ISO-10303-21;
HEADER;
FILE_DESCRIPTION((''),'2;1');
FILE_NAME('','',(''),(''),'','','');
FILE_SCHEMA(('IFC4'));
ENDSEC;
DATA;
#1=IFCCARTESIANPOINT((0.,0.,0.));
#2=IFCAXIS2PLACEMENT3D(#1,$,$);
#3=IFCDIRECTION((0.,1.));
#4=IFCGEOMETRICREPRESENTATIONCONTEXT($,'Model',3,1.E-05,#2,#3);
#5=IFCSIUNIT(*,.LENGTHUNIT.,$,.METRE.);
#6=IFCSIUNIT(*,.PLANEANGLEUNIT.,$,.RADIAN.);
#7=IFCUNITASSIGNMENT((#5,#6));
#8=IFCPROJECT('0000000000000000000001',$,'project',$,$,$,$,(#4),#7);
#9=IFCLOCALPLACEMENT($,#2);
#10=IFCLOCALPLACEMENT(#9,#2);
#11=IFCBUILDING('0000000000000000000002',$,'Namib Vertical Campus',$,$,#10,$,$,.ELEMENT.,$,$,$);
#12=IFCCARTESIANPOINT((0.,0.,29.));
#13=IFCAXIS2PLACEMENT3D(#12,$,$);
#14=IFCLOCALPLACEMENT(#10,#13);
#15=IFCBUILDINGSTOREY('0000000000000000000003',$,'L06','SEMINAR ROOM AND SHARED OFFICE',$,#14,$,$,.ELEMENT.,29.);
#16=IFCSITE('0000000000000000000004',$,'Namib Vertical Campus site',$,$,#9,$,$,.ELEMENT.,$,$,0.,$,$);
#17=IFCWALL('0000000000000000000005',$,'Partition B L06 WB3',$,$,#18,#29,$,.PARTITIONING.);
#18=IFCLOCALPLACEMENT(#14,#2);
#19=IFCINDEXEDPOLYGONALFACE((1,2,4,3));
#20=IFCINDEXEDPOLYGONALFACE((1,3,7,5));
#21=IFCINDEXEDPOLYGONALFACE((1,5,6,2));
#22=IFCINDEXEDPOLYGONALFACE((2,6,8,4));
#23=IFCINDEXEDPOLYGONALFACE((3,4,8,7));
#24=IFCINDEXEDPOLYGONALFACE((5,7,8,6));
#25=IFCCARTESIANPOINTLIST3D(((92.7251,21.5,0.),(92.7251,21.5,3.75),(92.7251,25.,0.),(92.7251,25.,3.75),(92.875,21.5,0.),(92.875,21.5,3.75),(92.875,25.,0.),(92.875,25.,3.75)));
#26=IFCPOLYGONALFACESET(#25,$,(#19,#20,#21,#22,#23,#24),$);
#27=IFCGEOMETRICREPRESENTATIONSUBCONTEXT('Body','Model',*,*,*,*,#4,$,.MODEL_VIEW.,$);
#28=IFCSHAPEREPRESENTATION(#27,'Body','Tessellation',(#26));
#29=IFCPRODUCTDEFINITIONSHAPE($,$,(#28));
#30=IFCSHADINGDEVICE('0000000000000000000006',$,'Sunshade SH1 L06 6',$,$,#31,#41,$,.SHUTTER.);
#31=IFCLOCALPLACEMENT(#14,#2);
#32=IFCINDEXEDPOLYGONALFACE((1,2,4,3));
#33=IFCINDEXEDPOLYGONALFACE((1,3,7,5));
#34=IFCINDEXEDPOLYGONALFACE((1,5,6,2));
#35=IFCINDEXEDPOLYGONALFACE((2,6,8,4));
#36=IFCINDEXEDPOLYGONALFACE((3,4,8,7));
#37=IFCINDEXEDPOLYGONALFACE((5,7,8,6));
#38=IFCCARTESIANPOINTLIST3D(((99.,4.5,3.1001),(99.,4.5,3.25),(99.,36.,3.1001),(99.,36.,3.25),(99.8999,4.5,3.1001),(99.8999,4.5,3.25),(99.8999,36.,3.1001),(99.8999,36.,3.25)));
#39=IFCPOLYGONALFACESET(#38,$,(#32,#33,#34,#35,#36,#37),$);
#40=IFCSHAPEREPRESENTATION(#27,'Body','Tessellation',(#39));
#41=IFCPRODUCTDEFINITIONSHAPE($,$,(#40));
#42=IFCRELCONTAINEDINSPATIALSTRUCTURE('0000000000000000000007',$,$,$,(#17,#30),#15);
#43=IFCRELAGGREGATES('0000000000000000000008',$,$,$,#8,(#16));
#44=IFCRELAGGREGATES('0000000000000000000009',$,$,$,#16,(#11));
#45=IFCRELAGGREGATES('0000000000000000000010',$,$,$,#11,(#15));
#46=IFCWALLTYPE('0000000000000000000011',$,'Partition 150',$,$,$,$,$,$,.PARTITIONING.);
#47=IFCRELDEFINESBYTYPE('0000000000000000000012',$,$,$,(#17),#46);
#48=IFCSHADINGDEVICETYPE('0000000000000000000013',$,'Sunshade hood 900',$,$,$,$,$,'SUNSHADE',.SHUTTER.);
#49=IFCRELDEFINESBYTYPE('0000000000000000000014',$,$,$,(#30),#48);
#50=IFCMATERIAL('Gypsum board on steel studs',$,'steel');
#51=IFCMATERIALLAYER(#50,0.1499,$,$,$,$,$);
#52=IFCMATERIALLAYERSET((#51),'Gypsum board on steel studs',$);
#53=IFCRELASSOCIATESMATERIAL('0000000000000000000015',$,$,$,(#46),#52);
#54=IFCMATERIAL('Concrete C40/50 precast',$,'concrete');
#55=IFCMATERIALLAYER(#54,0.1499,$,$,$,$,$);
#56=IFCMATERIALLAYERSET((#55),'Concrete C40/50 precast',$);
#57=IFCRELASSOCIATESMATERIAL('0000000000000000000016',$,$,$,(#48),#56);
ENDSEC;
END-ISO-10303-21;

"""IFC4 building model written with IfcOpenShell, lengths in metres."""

from ifc_helpers import new_model, si_unit, direction, frame, frame_2d, origin, origin_2d, place, context, subcontext, project, spatial, rectangle, extrude, material, layer, layer_set, type_object, element, save


model = new_model("IFC4")

# Units and contexts
model_context = context("Model", 3, precision=1e-05, world=origin(), true_north=direction((0.0, 1.0)))
body_context = subcontext(model_context, "Body", "Model", "MODEL_VIEW")
ifc_project = project(units=[si_unit("LENGTHUNIT", "METRE"), si_unit("PLANEANGLEUNIT", "RADIAN")], contexts=[model_context])

# Site, building, storey
site_placement = place(None, origin())
site = spatial("IfcSite", under=ifc_project, at=site_placement, Name="Namib Vertical Campus site", CompositionType="ELEMENT", RefElevation=0.0)
building_placement = place(site_placement, origin())
building = spatial("IfcBuilding", under=site, at=building_placement, Name="Namib Vertical Campus", CompositionType="ELEMENT")
storey_placement = place(building_placement, frame((0.0, 0.0, 29.0)))
storey = spatial("IfcBuildingStorey", under=building, at=storey_placement, Name="L06", Description="SEMINAR ROOM AND SHARED OFFICE", CompositionType="ELEMENT", Elevation=29.0)

# Shared definitions
ifc_material_1 = material(Name="Gypsum board on steel studs", Category="steel")
ifc_layer_1 = layer(ifc_material_1, 0.1499)
ifc_layer_set_1 = layer_set([ifc_layer_1], Name="Gypsum board on steel studs")
wall_type_1 = type_object("IfcWallType", Name="Partition 150", PredefinedType="PARTITIONING", material=ifc_layer_set_1)

# Wall
wall_1_placement = place(storey_placement, frame((92.8, 21.5, 0.0), z_axis=(0.0, 0.0, 1.0), x_axis=(0.0, 1.0, 0.0)))
element("IfcWall", 1, at=wall_1_placement, inside=storey, type_object=wall_type_1, Name="Partition B L06 WB3", PredefinedType="PARTITIONING", context=body_context, shape_type="SweptSolid", body=[
    extrude(rectangle(XDim=3.5, YDim=0.1499, at=frame_2d((1.75, 0.0))), origin(), (0.0, 0.0, 1.0), 3.75),
])

# Shading device
ifc_material_2 = material(Name="Concrete C40/50 precast", Category="concrete")
ifc_layer_2 = layer(ifc_material_2, 0.1499)
ifc_layer_set_2 = layer_set([ifc_layer_2], Name="Concrete C40/50 precast")
shading_device_type = type_object("IfcShadingDeviceType", Name="Sunshade hood 900", ElementType="SUNSHADE", PredefinedType="SHUTTER", material=ifc_layer_set_2)
shading_device_placement = place(storey_placement, frame((99.45, 20.25, 3.1001), z_axis=(0.0, 0.0, 1.0), x_axis=(0.0, 1.0, 0.0)))
element("IfcShadingDevice", 2, at=shading_device_placement, inside=storey, type_object=shading_device_type, Name="Sunshade SH1 L06 6", PredefinedType="SHUTTER", context=body_context, shape_type="SweptSolid", body=[
    extrude(rectangle(XDim=31.5, YDim=0.8999, at=origin_2d()), origin(), (0.0, 0.0, 1.0), 0.1499),
])

save(model, "model.ifc")
